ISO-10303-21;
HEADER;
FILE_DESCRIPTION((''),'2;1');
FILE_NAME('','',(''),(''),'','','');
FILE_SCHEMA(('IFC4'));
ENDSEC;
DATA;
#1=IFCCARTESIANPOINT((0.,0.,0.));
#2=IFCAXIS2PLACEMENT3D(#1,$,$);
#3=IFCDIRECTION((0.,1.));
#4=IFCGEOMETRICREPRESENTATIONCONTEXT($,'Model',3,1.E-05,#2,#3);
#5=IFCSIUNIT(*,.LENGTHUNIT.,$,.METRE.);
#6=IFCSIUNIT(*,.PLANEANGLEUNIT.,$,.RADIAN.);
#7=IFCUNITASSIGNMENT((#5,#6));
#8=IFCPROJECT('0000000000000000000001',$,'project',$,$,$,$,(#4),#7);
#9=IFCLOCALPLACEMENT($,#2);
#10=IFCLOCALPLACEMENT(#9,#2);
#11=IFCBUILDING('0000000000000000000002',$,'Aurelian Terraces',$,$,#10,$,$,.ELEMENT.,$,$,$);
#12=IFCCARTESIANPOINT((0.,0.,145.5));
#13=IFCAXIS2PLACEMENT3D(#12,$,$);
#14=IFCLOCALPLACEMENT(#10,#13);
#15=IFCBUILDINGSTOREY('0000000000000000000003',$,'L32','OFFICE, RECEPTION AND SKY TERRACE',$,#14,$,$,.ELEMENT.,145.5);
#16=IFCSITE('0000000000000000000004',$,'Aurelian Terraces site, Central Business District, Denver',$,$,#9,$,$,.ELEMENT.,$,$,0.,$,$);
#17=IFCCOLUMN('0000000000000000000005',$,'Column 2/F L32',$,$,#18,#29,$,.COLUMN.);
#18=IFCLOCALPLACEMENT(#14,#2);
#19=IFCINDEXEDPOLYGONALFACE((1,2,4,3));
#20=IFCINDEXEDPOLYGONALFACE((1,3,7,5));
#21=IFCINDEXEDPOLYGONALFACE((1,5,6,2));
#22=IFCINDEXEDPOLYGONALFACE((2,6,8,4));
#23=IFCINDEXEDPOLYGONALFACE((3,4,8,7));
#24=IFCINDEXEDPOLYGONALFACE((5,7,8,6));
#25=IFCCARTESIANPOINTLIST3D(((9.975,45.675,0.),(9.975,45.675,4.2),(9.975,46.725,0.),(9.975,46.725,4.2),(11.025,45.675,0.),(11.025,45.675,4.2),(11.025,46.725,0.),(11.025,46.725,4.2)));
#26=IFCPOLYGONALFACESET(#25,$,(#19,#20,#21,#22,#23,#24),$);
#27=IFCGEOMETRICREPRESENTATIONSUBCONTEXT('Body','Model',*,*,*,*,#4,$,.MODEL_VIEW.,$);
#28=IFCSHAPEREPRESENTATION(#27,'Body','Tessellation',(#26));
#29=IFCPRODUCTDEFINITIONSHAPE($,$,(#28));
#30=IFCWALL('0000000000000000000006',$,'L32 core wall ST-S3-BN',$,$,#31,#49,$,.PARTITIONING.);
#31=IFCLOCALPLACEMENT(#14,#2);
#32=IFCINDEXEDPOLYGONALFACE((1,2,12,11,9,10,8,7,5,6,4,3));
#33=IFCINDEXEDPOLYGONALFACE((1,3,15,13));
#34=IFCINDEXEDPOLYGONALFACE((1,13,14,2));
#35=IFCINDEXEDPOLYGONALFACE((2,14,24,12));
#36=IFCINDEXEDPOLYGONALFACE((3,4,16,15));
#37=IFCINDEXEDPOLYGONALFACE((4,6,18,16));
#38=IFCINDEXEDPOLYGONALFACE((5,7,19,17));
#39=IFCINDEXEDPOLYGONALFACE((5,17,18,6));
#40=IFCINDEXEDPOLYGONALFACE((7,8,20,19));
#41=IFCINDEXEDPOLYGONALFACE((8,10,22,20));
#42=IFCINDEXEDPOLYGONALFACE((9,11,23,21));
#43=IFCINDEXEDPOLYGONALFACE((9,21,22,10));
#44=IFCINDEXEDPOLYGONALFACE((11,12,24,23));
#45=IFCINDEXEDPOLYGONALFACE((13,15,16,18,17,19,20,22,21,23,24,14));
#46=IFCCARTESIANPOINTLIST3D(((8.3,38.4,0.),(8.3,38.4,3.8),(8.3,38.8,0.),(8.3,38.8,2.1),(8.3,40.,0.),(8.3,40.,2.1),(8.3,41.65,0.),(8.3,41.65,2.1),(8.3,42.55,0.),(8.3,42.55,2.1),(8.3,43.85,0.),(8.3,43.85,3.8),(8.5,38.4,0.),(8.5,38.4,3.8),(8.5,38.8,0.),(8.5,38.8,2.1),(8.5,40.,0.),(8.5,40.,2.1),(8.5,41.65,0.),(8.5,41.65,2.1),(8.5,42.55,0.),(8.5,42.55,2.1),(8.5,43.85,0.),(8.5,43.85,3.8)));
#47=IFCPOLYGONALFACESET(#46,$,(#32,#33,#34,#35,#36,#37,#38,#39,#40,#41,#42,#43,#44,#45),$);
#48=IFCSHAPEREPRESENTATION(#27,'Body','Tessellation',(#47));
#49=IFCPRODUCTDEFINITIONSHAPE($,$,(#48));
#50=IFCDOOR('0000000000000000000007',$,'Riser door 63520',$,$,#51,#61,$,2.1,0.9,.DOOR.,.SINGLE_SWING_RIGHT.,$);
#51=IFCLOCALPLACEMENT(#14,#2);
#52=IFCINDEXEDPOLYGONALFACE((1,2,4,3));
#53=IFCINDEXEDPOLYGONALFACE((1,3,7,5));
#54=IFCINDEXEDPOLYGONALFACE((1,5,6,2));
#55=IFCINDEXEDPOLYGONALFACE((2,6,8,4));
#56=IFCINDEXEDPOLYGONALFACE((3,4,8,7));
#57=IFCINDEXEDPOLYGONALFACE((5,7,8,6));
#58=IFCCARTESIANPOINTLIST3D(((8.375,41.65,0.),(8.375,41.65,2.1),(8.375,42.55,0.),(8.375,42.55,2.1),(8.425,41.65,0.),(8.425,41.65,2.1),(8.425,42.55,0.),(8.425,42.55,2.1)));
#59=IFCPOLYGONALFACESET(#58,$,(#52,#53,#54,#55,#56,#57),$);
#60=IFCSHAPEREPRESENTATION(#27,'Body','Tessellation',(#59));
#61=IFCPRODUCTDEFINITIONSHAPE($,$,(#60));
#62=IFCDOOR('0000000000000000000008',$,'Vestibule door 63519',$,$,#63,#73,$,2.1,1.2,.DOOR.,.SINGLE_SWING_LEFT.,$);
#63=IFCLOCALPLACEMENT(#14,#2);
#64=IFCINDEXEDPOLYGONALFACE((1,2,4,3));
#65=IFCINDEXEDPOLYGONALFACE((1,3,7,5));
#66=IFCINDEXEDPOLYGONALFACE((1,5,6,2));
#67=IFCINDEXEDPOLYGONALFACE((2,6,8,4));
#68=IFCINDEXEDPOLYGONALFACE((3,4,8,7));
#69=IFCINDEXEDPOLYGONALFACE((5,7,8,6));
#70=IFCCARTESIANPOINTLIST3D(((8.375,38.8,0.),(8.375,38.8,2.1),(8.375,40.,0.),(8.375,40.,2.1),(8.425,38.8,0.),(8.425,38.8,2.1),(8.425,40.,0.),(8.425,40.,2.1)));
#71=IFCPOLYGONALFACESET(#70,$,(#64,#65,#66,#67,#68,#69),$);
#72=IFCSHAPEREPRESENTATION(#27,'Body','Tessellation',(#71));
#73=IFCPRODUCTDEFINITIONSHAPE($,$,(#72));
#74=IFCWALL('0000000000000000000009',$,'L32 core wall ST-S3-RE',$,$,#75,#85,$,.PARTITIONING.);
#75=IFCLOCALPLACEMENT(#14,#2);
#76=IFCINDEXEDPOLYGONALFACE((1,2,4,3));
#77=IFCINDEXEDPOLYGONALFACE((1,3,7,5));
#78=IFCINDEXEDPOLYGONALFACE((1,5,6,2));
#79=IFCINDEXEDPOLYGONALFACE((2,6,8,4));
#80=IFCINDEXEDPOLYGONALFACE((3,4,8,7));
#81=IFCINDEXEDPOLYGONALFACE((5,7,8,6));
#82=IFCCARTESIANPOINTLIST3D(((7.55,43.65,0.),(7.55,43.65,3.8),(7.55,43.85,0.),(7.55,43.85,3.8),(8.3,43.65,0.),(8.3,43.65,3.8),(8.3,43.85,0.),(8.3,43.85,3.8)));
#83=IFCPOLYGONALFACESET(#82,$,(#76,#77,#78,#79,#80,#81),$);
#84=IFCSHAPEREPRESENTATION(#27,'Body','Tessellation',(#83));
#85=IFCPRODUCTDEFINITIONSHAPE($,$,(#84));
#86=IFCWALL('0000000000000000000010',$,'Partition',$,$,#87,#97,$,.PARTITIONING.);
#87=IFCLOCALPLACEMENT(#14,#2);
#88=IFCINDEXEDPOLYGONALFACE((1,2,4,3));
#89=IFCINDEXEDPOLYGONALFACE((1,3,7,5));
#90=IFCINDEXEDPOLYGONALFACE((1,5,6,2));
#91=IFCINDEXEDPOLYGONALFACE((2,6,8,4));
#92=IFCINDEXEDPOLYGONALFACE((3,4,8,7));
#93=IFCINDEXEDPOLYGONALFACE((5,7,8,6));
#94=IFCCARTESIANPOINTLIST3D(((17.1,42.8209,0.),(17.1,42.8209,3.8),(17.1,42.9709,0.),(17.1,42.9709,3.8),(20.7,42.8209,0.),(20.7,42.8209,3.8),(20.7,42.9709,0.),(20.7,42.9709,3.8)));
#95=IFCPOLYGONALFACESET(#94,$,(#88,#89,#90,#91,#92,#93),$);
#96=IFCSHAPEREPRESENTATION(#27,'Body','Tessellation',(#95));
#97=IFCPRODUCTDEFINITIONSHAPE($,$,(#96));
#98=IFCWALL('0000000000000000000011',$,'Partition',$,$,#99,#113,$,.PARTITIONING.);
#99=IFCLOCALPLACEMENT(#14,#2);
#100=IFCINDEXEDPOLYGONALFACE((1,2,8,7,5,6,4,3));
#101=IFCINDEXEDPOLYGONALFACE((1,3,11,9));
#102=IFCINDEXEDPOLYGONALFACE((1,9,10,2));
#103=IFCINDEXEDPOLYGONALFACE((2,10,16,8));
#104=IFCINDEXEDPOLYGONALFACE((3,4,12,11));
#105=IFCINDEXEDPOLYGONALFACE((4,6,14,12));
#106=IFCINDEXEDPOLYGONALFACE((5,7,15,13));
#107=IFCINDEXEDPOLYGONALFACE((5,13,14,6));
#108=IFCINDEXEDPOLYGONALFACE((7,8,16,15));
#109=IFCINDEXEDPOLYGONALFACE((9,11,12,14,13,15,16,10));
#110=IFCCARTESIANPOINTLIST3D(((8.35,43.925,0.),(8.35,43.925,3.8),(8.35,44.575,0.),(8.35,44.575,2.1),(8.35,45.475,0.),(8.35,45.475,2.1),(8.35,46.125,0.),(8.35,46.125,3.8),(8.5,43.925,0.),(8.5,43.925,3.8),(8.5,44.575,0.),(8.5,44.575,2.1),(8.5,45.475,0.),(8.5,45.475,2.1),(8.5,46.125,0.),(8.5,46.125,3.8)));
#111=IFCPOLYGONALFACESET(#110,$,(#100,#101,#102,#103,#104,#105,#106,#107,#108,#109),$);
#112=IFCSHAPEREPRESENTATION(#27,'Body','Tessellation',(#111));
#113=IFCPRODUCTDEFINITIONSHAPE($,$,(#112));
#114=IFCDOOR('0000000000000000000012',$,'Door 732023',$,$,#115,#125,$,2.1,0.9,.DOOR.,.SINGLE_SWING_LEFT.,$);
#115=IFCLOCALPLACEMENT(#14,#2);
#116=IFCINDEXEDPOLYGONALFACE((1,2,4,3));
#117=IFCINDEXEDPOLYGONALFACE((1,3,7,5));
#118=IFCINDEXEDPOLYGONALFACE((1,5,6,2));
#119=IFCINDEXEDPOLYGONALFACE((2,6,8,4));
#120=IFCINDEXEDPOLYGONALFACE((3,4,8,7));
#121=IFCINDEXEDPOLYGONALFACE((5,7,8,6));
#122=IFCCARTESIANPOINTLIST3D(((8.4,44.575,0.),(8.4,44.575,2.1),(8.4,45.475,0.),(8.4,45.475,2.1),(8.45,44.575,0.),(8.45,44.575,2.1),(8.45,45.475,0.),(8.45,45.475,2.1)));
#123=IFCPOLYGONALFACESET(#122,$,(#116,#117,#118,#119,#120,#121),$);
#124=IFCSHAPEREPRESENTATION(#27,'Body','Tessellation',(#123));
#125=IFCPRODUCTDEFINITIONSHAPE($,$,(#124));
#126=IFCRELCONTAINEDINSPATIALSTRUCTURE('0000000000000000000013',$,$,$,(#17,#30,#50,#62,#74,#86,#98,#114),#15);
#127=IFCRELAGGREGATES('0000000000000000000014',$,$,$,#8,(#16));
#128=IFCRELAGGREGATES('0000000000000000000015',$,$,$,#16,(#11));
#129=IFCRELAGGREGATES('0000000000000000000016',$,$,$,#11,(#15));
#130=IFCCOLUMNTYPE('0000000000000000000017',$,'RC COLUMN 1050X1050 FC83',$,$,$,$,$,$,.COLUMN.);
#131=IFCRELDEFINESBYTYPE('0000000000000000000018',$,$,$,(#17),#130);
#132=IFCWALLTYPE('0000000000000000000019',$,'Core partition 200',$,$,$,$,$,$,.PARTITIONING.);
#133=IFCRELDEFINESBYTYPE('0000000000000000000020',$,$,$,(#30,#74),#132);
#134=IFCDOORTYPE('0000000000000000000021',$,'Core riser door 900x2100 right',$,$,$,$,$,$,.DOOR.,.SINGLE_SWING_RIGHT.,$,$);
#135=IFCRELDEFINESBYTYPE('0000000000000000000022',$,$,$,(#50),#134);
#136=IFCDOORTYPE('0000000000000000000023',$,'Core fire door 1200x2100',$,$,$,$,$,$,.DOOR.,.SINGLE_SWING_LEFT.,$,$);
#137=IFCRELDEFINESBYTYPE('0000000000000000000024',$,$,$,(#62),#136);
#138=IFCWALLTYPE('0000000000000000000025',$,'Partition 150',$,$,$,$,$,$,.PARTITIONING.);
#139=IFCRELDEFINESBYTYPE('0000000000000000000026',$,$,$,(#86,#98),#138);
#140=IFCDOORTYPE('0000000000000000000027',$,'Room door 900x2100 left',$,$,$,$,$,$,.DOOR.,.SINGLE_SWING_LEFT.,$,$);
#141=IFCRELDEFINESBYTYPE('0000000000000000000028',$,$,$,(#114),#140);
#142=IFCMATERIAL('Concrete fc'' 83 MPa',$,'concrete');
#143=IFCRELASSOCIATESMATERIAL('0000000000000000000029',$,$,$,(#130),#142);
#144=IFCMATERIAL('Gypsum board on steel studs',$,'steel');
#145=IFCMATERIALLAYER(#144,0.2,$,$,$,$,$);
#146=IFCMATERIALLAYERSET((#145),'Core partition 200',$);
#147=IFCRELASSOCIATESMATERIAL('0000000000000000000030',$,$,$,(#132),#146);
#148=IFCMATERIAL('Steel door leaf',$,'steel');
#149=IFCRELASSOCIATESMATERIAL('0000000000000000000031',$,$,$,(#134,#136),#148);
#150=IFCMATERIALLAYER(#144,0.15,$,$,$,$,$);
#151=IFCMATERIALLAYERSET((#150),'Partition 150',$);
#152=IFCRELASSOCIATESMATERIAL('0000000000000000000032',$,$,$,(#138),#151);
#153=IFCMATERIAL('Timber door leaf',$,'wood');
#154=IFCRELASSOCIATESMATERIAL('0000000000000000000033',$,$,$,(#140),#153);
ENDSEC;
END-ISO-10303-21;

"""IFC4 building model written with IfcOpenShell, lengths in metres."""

from ifc_helpers import new_model, si_unit, direction, frame, frame_2d, origin, origin_2d, place, context, subcontext, project, spatial, rectangle, extrude, source, transform, mapped, material, layer, layer_set, material_profile, profile_set, type_object, element, fill, save


model = new_model("IFC4")

# Units and contexts
model_context = context("Model", 3, precision=1e-05, world=origin(), true_north=direction((0.0, 1.0)))
body_context = subcontext(model_context, "Body", "Model", "MODEL_VIEW")
ifc_project = project(units=[si_unit("LENGTHUNIT", "METRE"), si_unit("PLANEANGLEUNIT", "RADIAN")], contexts=[model_context])

# Site, building, storey
site_placement = place(None, origin())
site = spatial("IfcSite", under=ifc_project, at=site_placement, Name="Aurelian Terraces site, Central Business District, Denver", CompositionType="ELEMENT", RefElevation=0.0)
building_placement = place(site_placement, origin())
building = spatial("IfcBuilding", under=site, at=building_placement, Name="Aurelian Terraces", CompositionType="ELEMENT")
storey_placement = place(building_placement, frame((0.0, 0.0, 145.5)))
storey = spatial("IfcBuildingStorey", under=building, at=storey_placement, Name="L32", Description="OFFICE, RECEPTION AND SKY TERRACE", CompositionType="ELEMENT", Elevation=145.5)

# Column
ifc_material_1 = material(Name="Concrete fc' 83 MPa", Category="concrete")
ifc_material_profile = material_profile(ifc_material_1, rectangle(XDim=1.05, YDim=1.05, at=origin_2d()))
ifc_profile_set = profile_set([ifc_material_profile], Name="Concrete fc' 83 MPa")
column_type = type_object("IfcColumnType", Name="RC COLUMN 1050X1050 FC83", PredefinedType="COLUMN", material=ifc_profile_set)
shared_shape_1 = source(origin(), body_context, "Body", "SweptSolid", [
    extrude(rectangle(XDim=1.05, YDim=1.05, at=origin_2d()), origin(), (0.0, 0.0, 1.0), 4.2),
])
column_placement = place(storey_placement, frame((10.5, 46.2, 0.0), z_axis=(0.0, 0.0, 1.0), x_axis=(1.0, 0.0, 0.0)))
element("IfcColumn", 1, at=column_placement, inside=storey, type_object=column_type, Name="Column 2/F L32", PredefinedType="COLUMN", context=body_context, shape_type="MappedRepresentation", body=[
    mapped(shared_shape_1, transform((0.0, 0.0, 0.0), scale=1.0)),
])

# Wall, openings, doors
ifc_material_2 = material(Name="Gypsum board on steel studs", Category="steel")
ifc_layer_1 = layer(ifc_material_2, 0.2)
ifc_layer_set_1 = layer_set([ifc_layer_1], Name="Core partition 200")
wall_type_1 = type_object("IfcWallType", Name="Core partition 200", PredefinedType="PARTITIONING", material=ifc_layer_set_1)
shared_shape_2 = source(origin(), body_context, "Body", "SweptSolid", [
    extrude(rectangle(XDim=5.45, YDim=0.2, at=frame_2d((2.725, 0.0))), origin(), (0.0, 0.0, 1.0), 3.8),
])
wall_1_placement = place(storey_placement, frame((8.4, 38.4, 0.0), z_axis=(0.0, 0.0, 1.0), x_axis=(0.0, 1.0, 0.0)))
wall_1 = element("IfcWall", 2, at=wall_1_placement, inside=storey, type_object=wall_type_1, Name="L32 core wall ST-S3-BN", PredefinedType="PARTITIONING", context=body_context, shape_type="MappedRepresentation", body=[
    mapped(shared_shape_2, transform((0.0, 0.0, 0.0), scale=1.0)),
])
shared_shape_3 = source(origin(), body_context, "Body", "SweptSolid", [
    extrude(rectangle(XDim=1.2, YDim=2.1, at=frame_2d((0.6, 1.05))), frame((0.0, 0.11, 0.0), z_axis=(0.0, -1.0, 0.0), x_axis=(1.0, 0.0, 0.0)), (0.0, 0.0, 1.0), 0.22),
])
opening_1_placement = place(wall_1_placement, frame((0.4, 0.0, 0.0)))
opening_1 = element("IfcOpeningElement", 3, at=opening_1_placement, cuts=wall_1, PredefinedType="OPENING", context=body_context, shape_type="MappedRepresentation", body=[
    mapped(shared_shape_3, transform((0.0, 0.0, 0.0), scale=1.0)),
])
shared_shape_4 = source(origin(), body_context, "Body", "SweptSolid", [
    extrude(rectangle(XDim=0.9, YDim=2.1, at=frame_2d((0.45, 1.05))), frame((0.0, 0.11, 0.0), z_axis=(0.0, -1.0, 0.0), x_axis=(1.0, 0.0, 0.0)), (0.0, 0.0, 1.0), 0.22),
])
opening_2_placement = place(wall_1_placement, frame((3.25, 0.0, 0.0)))
opening_2 = element("IfcOpeningElement", 4, at=opening_2_placement, cuts=wall_1, PredefinedType="OPENING", context=body_context, shape_type="MappedRepresentation", body=[
    mapped(shared_shape_4, transform((0.0, 0.0, 0.0), scale=1.0)),
])
ifc_material_3 = material(Name="Steel door leaf", Category="steel")
door_type_1 = type_object("IfcDoorType", Name="Core riser door 900x2100 right", OperationType="SINGLE_SWING_RIGHT", PredefinedType="DOOR", material=ifc_material_3)
shared_shape_5 = source(origin(), body_context, "Body", "SweptSolid", [
    extrude(rectangle(XDim=0.9, YDim=2.1, at=frame_2d((0.45, 1.05))), frame((0.0, 0.025, 0.0), z_axis=(0.0, -1.0, 0.0), x_axis=(1.0, 0.0, 0.0)), (0.0, 0.0, 1.0), 0.05),
])
door_1_placement = place(opening_2_placement, origin())
door_1 = element("IfcDoor", 5, at=door_1_placement, inside=storey, type_object=door_type_1, Name="Riser door 63520", OperationType="SINGLE_SWING_RIGHT", OverallHeight=2.1, OverallWidth=0.9, PredefinedType="DOOR", context=body_context, shape_type="MappedRepresentation", body=[
    mapped(shared_shape_5, transform((0.0, 0.0, 0.0), scale=1.0)),
])
fill(opening_2, door_1)
door_type_2 = type_object("IfcDoorType", Name="Core fire door 1200x2100", OperationType="SINGLE_SWING_LEFT", PredefinedType="DOOR", material=ifc_material_3)
shared_shape_6 = source(origin(), body_context, "Body", "SweptSolid", [
    extrude(rectangle(XDim=1.2, YDim=2.1, at=frame_2d((0.6, 1.05))), frame((0.0, 0.025, 0.0), z_axis=(0.0, -1.0, 0.0), x_axis=(1.0, 0.0, 0.0)), (0.0, 0.0, 1.0), 0.05),
])
door_2_placement = place(opening_1_placement, origin())
door_2 = element("IfcDoor", 6, at=door_2_placement, inside=storey, type_object=door_type_2, Name="Vestibule door 63519", OperationType="SINGLE_SWING_LEFT", OverallHeight=2.1, OverallWidth=1.2, PredefinedType="DOOR", context=body_context, shape_type="MappedRepresentation", body=[
    mapped(shared_shape_6, transform((0.0, 0.0, 0.0), scale=1.0)),
])
fill(opening_1, door_2)

# Walls
shared_shape_7 = source(origin(), body_context, "Body", "SweptSolid", [
    extrude(rectangle(XDim=0.75, YDim=0.2, at=frame_2d((0.375, 0.0))), origin(), (0.0, 0.0, 1.0), 3.8),
])
wall_2_placement = place(storey_placement, frame((7.55, 43.75, 0.0), z_axis=(0.0, 0.0, 1.0), x_axis=(1.0, 0.0, 0.0)))
element("IfcWall", 7, at=wall_2_placement, inside=storey, type_object=wall_type_1, Name="L32 core wall ST-S3-RE", PredefinedType="PARTITIONING", context=body_context, shape_type="MappedRepresentation", body=[
    mapped(shared_shape_7, transform((0.0, 0.0, 0.0), scale=1.0)),
])
ifc_layer_2 = layer(ifc_material_2, 0.15)
ifc_layer_set_2 = layer_set([ifc_layer_2], Name="Partition 150")
wall_type_2 = type_object("IfcWallType", Name="Partition 150", PredefinedType="PARTITIONING", material=ifc_layer_set_2)
shared_shape_8 = source(origin(), body_context, "Body", "SweptSolid", [
    extrude(rectangle(XDim=3.6, YDim=0.15, at=frame_2d((1.8, 0.0))), origin(), (0.0, 0.0, 1.0), 3.8),
])
wall_3_placement = place(storey_placement, frame((17.1, 42.8959, 0.0), z_axis=(0.0, 0.0, 1.0), x_axis=(1.0, 0.0, 0.0)))
element("IfcWall", 8, at=wall_3_placement, inside=storey, type_object=wall_type_2, Name="Partition", PredefinedType="PARTITIONING", context=body_context, shape_type="MappedRepresentation", body=[
    mapped(shared_shape_8, transform((0.0, 0.0, 0.0), scale=1.0)),
])

# Wall, opening, door
shared_shape_9 = source(origin(), body_context, "Body", "SweptSolid", [
    extrude(rectangle(XDim=2.2, YDim=0.15, at=frame_2d((1.1, 0.0))), origin(), (0.0, 0.0, 1.0), 3.8),
])
wall_4_placement = place(storey_placement, frame((8.425, 43.925, 0.0), z_axis=(0.0, 0.0, 1.0), x_axis=(0.0, 1.0, 0.0)))
wall_4 = element("IfcWall", 9, at=wall_4_placement, inside=storey, type_object=wall_type_2, Name="Partition", PredefinedType="PARTITIONING", context=body_context, shape_type="MappedRepresentation", body=[
    mapped(shared_shape_9, transform((0.0, 0.0, 0.0), scale=1.0)),
])
shared_shape_10 = source(origin(), body_context, "Body", "SweptSolid", [
    extrude(rectangle(XDim=0.9, YDim=2.1, at=frame_2d((0.45, 1.05))), frame((0.0, 0.085, 0.0), z_axis=(0.0, -1.0, 0.0), x_axis=(1.0, 0.0, 0.0)), (0.0, 0.0, 1.0), 0.17),
])
opening_3_placement = place(wall_4_placement, frame((0.65, 0.0, 0.0)))
opening_3 = element("IfcOpeningElement", 10, at=opening_3_placement, cuts=wall_4, PredefinedType="OPENING", context=body_context, shape_type="MappedRepresentation", body=[
    mapped(shared_shape_10, transform((0.0, 0.0, 0.0), scale=1.0)),
])
ifc_material_4 = material(Name="Timber door leaf", Category="wood")
door_type_3 = type_object("IfcDoorType", Name="Room door 900x2100 left", OperationType="SINGLE_SWING_LEFT", PredefinedType="DOOR", material=ifc_material_4)
door_3_placement = place(opening_3_placement, origin())
door_3 = element("IfcDoor", 11, at=door_3_placement, inside=storey, type_object=door_type_3, Name="Door 732023", OperationType="SINGLE_SWING_LEFT", OverallHeight=2.1, OverallWidth=0.9, PredefinedType="DOOR", context=body_context, shape_type="MappedRepresentation", body=[
    mapped(shared_shape_5, transform((0.0, 0.0, 0.0), scale=1.0)),
])
fill(opening_3, door_3)

save(model, "model.ifc")
